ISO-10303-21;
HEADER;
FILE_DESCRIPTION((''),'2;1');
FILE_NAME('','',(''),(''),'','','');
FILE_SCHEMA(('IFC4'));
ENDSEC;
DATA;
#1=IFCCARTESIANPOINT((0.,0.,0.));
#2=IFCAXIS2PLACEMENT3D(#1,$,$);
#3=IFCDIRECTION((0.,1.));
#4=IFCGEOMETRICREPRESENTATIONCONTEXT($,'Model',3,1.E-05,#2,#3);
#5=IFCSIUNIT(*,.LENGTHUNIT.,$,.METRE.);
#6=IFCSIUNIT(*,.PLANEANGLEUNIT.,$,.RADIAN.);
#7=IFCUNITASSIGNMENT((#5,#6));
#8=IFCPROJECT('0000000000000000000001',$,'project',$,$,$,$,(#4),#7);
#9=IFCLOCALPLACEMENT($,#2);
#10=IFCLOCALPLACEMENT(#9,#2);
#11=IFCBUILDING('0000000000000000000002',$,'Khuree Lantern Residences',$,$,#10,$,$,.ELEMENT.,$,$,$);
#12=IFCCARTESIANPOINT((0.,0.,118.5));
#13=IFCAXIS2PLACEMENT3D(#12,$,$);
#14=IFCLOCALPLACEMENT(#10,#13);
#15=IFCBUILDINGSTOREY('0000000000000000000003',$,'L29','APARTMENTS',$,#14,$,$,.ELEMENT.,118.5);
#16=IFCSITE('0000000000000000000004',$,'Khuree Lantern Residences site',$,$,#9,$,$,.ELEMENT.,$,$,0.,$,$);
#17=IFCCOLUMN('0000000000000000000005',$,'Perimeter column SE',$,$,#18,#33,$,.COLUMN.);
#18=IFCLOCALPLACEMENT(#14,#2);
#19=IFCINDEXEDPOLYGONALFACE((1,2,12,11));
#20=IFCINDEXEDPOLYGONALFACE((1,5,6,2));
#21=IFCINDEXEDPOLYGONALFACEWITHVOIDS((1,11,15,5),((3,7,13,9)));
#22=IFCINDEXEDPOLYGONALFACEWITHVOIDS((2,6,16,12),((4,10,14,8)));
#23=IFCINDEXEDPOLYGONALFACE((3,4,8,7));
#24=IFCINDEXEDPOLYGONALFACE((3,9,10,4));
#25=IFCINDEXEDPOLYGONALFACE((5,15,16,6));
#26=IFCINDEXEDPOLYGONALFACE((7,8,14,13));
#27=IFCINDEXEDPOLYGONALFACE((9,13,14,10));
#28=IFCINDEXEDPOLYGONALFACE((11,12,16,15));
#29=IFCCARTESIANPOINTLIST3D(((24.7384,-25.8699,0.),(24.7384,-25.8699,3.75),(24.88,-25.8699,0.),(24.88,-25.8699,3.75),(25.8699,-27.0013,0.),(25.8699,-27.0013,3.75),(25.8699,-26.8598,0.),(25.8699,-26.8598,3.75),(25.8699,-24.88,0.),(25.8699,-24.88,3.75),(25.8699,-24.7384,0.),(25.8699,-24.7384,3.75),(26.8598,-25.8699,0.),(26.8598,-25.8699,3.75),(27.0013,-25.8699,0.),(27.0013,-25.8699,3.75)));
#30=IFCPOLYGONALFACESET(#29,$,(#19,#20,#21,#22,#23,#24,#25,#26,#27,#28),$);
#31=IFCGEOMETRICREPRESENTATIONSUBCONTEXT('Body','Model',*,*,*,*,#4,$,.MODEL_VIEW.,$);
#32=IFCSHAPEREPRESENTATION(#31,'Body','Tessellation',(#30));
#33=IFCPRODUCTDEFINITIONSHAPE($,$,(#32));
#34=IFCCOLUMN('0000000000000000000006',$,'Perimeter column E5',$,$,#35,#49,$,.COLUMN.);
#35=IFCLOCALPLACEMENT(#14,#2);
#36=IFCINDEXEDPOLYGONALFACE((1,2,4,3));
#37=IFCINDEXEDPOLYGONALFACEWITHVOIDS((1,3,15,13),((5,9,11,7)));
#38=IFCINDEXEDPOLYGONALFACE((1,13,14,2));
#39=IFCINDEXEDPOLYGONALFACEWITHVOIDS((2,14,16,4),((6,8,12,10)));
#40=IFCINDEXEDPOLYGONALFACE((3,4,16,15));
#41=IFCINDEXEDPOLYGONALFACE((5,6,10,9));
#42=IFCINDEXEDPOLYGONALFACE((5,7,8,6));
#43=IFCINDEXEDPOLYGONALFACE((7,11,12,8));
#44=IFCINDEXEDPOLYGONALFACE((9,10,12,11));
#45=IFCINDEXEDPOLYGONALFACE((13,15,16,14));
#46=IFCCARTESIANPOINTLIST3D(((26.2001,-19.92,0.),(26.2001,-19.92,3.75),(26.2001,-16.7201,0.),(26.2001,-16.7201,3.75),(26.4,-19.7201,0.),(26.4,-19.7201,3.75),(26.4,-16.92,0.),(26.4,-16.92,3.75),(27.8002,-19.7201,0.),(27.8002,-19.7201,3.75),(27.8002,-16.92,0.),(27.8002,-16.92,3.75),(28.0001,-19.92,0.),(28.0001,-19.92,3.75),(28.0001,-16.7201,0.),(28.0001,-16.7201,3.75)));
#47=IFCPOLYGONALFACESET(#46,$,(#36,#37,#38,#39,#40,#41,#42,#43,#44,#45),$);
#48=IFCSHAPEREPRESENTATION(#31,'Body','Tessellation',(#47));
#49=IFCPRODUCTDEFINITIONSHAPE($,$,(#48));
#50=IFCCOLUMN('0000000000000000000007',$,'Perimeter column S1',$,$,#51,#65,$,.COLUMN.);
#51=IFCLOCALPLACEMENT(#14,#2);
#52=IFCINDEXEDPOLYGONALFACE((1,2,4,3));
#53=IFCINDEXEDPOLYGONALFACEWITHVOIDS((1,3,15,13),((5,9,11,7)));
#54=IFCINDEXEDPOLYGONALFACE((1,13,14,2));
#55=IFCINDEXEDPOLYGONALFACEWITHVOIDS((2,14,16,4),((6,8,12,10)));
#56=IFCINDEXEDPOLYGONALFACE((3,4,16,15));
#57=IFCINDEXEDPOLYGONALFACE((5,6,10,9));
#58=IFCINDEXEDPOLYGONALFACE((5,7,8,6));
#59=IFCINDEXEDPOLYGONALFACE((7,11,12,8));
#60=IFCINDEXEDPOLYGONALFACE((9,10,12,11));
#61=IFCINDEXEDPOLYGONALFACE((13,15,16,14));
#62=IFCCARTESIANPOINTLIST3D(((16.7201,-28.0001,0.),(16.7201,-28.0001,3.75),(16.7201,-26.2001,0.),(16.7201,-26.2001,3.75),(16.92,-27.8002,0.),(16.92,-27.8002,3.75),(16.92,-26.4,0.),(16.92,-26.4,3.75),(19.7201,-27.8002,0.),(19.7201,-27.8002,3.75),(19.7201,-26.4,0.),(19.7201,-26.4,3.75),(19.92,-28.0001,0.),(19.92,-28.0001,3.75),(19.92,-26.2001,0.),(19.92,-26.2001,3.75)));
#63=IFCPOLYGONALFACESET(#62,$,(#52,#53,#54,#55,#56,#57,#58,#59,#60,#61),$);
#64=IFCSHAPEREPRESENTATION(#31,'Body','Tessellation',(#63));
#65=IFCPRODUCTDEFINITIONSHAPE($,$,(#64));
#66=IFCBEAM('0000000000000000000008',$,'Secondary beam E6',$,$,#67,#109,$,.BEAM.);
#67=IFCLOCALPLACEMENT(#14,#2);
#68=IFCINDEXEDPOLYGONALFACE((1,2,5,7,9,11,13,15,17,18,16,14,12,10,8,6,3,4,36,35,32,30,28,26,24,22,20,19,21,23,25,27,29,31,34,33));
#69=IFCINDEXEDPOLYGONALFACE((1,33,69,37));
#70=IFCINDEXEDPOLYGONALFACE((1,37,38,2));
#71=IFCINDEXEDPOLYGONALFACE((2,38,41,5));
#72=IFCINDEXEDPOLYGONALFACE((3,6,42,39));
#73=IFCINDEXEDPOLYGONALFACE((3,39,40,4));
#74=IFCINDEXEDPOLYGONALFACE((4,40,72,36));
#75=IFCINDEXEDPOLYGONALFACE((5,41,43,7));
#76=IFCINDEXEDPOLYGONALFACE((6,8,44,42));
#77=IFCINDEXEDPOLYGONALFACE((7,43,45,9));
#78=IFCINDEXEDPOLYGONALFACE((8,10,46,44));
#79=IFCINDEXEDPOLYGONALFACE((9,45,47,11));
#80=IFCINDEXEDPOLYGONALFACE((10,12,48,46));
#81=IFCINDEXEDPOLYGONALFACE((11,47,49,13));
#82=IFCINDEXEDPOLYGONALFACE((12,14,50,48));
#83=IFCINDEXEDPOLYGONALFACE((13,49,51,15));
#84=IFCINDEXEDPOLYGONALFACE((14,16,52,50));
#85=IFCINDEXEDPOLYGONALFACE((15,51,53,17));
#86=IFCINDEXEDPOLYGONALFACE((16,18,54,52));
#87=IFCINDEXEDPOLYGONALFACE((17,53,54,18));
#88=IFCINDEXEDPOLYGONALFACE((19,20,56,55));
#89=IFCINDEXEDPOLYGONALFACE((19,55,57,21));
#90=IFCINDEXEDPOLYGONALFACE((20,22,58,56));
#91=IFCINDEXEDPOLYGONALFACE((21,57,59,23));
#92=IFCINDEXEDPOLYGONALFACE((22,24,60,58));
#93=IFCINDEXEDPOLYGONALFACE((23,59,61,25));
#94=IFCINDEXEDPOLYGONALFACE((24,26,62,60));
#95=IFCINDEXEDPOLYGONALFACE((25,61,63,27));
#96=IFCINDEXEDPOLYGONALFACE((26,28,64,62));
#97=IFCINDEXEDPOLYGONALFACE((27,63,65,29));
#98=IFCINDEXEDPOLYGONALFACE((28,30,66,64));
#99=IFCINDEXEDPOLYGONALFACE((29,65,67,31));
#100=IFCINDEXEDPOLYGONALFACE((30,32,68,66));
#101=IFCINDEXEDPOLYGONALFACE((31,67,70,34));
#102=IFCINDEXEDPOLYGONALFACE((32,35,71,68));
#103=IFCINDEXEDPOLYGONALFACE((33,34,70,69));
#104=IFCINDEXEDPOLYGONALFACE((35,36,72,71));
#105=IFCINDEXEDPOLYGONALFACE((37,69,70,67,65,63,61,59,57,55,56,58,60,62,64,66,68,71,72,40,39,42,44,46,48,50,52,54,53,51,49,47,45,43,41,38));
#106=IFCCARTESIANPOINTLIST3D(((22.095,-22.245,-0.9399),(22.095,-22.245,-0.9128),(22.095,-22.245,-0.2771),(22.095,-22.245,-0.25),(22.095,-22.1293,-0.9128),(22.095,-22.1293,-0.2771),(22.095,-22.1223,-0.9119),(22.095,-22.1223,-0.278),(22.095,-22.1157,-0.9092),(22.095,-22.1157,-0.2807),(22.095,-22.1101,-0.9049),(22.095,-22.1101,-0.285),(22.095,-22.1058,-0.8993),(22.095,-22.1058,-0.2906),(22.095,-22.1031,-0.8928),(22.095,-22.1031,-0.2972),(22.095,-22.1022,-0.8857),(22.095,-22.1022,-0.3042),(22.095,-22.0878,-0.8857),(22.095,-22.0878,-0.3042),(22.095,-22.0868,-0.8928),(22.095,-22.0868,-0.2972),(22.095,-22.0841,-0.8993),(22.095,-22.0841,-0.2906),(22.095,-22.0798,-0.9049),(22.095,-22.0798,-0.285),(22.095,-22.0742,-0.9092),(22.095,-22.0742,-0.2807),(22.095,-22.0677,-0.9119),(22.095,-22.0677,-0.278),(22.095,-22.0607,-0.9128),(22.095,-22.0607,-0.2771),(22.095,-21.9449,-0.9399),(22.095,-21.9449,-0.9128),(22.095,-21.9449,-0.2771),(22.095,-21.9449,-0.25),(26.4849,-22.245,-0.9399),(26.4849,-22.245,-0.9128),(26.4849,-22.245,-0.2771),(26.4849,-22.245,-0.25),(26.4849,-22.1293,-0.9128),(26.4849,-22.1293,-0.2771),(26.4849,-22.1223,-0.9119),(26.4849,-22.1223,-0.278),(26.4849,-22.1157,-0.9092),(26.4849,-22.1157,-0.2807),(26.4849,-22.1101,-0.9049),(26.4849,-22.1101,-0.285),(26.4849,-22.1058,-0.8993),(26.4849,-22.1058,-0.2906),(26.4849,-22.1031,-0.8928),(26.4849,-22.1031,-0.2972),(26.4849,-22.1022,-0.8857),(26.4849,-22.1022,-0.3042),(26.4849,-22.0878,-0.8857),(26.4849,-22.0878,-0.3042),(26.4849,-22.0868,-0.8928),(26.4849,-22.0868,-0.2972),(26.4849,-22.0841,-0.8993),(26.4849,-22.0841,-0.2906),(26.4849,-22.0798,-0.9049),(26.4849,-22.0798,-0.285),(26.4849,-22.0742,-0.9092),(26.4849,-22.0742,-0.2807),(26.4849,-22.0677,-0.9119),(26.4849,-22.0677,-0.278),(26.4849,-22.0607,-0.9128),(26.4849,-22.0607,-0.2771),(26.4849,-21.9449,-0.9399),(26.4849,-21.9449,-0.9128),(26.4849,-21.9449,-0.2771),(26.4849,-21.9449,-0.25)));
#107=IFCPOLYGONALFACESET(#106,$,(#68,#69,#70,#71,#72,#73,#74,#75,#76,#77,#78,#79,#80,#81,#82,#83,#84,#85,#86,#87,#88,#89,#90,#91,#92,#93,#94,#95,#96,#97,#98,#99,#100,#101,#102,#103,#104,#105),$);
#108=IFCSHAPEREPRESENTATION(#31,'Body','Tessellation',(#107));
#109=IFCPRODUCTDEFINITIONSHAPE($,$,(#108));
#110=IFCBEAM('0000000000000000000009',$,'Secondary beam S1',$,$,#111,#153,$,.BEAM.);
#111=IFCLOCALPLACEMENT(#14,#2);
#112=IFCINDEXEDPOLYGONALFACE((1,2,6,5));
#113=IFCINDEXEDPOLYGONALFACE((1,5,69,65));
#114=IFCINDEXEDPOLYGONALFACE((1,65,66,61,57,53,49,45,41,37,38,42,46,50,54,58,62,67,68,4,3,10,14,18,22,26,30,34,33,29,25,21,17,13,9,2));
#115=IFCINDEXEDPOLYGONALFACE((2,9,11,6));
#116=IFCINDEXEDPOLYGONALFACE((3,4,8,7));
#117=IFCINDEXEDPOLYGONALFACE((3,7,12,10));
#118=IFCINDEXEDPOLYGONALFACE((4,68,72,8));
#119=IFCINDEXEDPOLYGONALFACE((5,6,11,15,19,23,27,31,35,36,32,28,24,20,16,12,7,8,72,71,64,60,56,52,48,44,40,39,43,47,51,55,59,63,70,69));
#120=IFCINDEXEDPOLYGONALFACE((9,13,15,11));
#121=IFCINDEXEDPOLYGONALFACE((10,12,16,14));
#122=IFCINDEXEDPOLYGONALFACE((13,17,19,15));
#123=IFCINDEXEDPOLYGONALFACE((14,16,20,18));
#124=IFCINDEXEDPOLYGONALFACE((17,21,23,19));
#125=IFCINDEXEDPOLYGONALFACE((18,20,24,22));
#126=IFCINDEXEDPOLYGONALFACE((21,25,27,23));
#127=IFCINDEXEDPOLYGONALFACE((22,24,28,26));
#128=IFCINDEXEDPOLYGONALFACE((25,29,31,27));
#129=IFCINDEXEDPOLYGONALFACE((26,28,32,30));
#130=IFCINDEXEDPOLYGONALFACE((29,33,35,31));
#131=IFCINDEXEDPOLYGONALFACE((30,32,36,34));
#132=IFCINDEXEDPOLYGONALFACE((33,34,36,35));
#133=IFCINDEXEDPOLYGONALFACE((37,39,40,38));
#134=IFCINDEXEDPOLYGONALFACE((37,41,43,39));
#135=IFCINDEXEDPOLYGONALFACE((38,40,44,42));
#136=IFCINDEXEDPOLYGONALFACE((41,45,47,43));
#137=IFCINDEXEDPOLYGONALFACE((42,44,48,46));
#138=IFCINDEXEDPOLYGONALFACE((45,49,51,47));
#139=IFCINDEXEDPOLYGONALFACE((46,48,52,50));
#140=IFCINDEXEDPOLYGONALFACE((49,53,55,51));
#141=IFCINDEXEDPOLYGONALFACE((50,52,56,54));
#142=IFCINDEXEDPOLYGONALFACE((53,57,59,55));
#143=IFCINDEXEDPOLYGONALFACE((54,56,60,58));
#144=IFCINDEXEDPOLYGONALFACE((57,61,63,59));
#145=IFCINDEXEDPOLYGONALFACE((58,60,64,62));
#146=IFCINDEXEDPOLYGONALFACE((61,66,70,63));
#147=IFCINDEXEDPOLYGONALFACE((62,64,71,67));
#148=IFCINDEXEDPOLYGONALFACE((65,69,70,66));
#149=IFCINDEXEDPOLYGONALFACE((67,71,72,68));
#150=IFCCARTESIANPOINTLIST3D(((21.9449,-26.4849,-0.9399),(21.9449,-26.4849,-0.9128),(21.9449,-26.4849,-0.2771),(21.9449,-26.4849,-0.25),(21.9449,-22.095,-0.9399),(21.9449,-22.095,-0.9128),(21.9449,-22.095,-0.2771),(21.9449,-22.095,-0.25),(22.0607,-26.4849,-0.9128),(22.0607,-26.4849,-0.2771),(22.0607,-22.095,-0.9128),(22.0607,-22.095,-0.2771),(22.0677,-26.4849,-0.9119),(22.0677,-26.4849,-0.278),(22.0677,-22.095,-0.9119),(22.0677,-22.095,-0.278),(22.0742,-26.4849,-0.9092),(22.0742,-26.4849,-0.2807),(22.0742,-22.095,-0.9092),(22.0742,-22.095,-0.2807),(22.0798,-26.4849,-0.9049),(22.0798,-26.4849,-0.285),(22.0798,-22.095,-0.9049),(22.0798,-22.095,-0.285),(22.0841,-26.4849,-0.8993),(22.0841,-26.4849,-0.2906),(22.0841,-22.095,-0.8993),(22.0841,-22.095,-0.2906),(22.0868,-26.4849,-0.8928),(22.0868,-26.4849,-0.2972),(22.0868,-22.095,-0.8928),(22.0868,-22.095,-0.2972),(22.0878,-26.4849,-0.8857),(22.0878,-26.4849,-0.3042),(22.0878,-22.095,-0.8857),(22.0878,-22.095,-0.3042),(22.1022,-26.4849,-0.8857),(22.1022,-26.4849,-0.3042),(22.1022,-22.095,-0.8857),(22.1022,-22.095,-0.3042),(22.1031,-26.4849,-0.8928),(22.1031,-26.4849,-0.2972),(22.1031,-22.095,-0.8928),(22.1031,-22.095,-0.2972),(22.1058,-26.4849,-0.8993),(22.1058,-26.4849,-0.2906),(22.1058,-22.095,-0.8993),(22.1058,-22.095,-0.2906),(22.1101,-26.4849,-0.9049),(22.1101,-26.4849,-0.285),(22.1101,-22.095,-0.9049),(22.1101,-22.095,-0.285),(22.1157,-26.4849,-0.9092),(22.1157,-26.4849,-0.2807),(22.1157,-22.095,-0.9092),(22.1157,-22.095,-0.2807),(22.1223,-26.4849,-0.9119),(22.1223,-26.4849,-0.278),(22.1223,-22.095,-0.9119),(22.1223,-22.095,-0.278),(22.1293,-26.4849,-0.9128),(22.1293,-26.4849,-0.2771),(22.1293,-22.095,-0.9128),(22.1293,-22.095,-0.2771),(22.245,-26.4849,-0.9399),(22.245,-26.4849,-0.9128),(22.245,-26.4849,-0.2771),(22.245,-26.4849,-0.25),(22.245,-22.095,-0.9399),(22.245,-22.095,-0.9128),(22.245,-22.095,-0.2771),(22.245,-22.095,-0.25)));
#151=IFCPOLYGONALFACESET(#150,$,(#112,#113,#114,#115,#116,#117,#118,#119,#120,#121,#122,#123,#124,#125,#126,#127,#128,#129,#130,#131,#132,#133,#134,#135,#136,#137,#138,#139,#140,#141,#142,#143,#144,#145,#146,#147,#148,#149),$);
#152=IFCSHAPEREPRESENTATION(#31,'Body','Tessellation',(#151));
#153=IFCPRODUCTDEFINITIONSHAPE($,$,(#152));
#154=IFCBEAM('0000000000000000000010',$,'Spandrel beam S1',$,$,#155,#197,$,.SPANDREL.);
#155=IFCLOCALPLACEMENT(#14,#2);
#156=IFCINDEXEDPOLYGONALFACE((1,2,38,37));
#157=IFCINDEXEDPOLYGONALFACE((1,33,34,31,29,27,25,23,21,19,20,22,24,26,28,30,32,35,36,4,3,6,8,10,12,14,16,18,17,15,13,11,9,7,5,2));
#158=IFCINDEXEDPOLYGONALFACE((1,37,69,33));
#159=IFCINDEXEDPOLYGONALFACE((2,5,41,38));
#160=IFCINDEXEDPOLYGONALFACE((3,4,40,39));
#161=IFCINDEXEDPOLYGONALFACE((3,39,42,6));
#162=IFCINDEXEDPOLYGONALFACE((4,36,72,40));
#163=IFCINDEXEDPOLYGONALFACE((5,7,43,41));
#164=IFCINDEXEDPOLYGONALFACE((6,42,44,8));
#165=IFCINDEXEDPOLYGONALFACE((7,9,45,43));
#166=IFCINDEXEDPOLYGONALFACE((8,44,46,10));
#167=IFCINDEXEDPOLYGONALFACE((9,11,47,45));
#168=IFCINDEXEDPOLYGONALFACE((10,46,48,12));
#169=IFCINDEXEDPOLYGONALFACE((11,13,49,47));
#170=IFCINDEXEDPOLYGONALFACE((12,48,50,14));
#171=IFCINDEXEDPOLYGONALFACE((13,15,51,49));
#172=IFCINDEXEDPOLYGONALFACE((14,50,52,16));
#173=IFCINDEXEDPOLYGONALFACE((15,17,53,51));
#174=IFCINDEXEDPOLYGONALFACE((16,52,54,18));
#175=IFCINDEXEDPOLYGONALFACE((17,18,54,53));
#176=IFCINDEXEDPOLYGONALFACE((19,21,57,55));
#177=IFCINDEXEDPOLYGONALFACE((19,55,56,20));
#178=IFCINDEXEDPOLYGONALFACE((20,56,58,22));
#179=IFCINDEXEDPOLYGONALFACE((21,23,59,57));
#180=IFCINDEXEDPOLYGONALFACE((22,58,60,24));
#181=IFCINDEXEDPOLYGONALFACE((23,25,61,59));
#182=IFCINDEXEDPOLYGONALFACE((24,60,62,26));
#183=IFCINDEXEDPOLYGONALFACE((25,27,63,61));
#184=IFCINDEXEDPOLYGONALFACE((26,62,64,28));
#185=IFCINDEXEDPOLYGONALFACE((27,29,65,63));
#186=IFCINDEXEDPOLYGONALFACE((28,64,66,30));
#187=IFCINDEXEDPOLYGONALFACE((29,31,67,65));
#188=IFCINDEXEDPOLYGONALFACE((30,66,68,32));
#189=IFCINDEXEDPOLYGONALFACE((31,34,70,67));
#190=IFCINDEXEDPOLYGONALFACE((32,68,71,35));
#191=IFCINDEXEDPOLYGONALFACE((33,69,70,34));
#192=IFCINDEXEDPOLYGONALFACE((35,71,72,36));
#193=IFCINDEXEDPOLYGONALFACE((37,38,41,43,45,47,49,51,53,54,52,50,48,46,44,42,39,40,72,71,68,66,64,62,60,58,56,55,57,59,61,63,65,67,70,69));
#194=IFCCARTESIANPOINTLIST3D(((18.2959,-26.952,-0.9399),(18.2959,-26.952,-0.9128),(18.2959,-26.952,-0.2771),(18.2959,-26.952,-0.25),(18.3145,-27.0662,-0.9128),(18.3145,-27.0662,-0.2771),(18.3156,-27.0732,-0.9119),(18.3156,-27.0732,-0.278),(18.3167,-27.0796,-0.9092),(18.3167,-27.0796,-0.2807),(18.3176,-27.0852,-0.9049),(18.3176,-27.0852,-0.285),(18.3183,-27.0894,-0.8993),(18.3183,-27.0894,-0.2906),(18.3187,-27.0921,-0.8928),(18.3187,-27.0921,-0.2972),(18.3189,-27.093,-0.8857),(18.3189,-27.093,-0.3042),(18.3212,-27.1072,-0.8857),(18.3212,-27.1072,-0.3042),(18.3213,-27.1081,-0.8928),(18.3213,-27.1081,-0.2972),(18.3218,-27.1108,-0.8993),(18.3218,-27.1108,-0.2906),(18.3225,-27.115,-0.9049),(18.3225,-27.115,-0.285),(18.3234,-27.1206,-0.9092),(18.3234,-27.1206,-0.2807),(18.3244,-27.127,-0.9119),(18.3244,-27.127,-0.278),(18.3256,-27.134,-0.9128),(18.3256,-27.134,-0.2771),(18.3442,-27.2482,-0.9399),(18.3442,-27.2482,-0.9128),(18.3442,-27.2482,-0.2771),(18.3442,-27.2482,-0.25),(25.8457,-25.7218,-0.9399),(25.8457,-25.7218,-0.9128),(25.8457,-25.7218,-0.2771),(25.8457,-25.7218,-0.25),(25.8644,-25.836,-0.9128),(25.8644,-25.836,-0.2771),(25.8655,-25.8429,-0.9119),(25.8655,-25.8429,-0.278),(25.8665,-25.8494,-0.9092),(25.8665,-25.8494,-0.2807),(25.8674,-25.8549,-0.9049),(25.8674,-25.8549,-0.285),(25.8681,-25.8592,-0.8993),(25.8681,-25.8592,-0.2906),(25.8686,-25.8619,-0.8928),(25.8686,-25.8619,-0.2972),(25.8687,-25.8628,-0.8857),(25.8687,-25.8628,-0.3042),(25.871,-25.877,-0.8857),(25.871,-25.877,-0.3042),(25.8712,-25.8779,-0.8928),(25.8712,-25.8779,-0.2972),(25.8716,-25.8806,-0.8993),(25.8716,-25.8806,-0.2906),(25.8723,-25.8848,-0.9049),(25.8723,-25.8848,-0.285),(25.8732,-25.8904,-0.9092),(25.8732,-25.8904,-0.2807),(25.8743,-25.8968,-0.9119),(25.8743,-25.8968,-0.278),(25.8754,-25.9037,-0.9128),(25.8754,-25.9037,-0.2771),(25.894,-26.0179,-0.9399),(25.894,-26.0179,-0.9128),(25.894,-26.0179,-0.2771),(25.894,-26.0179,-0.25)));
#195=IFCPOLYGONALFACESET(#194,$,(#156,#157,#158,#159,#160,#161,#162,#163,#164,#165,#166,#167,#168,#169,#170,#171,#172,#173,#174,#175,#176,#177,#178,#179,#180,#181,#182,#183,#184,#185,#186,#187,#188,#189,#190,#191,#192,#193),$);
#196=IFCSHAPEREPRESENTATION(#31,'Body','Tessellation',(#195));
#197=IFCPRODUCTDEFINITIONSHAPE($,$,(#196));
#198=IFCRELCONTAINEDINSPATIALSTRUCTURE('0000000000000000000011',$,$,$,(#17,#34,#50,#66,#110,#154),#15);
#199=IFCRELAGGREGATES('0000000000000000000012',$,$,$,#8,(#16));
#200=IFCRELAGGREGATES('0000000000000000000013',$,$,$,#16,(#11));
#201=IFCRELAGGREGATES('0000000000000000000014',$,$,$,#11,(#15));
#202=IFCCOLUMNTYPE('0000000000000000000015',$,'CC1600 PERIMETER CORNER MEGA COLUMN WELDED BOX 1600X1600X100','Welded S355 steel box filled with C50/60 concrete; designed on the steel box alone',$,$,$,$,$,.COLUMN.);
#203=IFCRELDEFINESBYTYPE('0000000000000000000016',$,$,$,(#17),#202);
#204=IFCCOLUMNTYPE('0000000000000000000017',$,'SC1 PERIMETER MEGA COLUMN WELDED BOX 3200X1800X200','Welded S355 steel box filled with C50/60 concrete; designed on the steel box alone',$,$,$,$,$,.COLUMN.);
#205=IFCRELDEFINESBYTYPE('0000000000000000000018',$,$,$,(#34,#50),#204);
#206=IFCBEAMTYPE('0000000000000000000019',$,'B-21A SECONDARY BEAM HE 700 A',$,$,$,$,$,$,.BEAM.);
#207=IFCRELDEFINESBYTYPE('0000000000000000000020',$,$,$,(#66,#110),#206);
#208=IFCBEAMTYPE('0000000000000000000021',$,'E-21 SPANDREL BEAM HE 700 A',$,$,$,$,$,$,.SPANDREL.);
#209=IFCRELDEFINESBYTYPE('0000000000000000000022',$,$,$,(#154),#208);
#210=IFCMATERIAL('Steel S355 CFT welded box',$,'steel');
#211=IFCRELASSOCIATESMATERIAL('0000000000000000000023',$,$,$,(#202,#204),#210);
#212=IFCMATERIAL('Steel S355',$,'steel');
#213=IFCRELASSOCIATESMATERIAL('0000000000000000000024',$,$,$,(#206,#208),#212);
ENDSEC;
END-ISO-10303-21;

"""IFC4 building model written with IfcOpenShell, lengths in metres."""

from ifc_helpers import new_model, si_unit, direction, frame, origin, origin_2d, place, context, subcontext, project, spatial, hollow_rectangle, i_section, extrude, material, material_profile, profile_set, type_object, element, save


model = new_model("IFC4")

# Units and contexts
model_context = context("Model", 3, precision=1e-05, world=origin(), true_north=direction((0.0, 1.0)))
body_context = subcontext(model_context, "Body", "Model", "MODEL_VIEW")
ifc_project = project(units=[si_unit("LENGTHUNIT", "METRE"), si_unit("PLANEANGLEUNIT", "RADIAN")], contexts=[model_context])

# Site, building, storey
site_placement = place(None, origin())
site = spatial("IfcSite", under=ifc_project, at=site_placement, Name="Khuree Lantern Residences site", CompositionType="ELEMENT", RefElevation=0.0)
building_placement = place(site_placement, origin())
building = spatial("IfcBuilding", under=site, at=building_placement, Name="Khuree Lantern Residences", CompositionType="ELEMENT")
storey_placement = place(building_placement, frame((0.0, 0.0, 118.5)))
storey = spatial("IfcBuildingStorey", under=building, at=storey_placement, Name="L29", Description="APARTMENTS", CompositionType="ELEMENT", Elevation=118.5)

# Columns
ifc_material_1 = material(Name="Steel S355 CFT welded box", Category="steel")
ifc_material_profile_1 = material_profile(ifc_material_1, hollow_rectangle(XDim=1.6001, YDim=1.6001, WallThickness=0.1001, at=origin_2d()), Name="WELDED BOX 1600X1600X100")
ifc_profile_set_1 = profile_set([ifc_material_profile_1], Name="Steel S355 CFT welded box")
column_type_1 = type_object("IfcColumnType", Name="CC1600 PERIMETER CORNER MEGA COLUMN WELDED BOX 1600X1600X100", Description="Welded S355 steel box filled with C50/60 concrete; designed on the steel box alone", PredefinedType="COLUMN", material=ifc_profile_set_1)
column_placement = place(storey_placement, frame((25.8699, -25.8699, 0.0), z_axis=(0.0, 0.0, 1.0), x_axis=(0.707107, 0.707107, 0.0)))
element("IfcColumn", 1, at=column_placement, inside=storey, type_object=column_type_1, Name="Perimeter column SE", PredefinedType="COLUMN", context=body_context, shape_type="SweptSolid", body=[
    extrude(hollow_rectangle(XDim=1.6001, YDim=1.6001, WallThickness=0.1001, at=origin_2d()), origin(), (0.0, 0.0, 1.0), 3.75),
])
ifc_material_profile_2 = material_profile(ifc_material_1, hollow_rectangle(XDim=3.2, YDim=1.8, WallThickness=0.2, at=origin_2d()), Name="WELDED BOX 3200X1800X200")
ifc_profile_set_2 = profile_set([ifc_material_profile_2], Name="Steel S355 CFT welded box")
column_type_2 = type_object("IfcColumnType", Name="SC1 PERIMETER MEGA COLUMN WELDED BOX 3200X1800X200", Description="Welded S355 steel box filled with C50/60 concrete; designed on the steel box alone", PredefinedType="COLUMN", material=ifc_profile_set_2)
for number, where, z_axis, x_axis, name in (
    (2, (27.1001, -18.3201, 0.0), (0.0, 0.0, 1.0), (0.0, 1.0, 0.0), "Perimeter column E5"),
    (3, (18.3201, -27.1001, 0.0), (0.0, 0.0, 1.0), (1.0, 0.0, 0.0), "Perimeter column S1"),
):
    element("IfcColumn", number, at=place(storey_placement, frame(where, z_axis=z_axis, x_axis=x_axis)), inside=storey, type_object=column_type_2, Name=name, PredefinedType="COLUMN", context=body_context, shape_type="SweptSolid", body=[
        extrude(hollow_rectangle(XDim=3.2, YDim=1.8, WallThickness=0.2, at=origin_2d()), origin(), (0.0, 0.0, 1.0), 3.75),
    ])

# Beams
ifc_material_2 = material(Name="Steel S355", Category="steel")
ifc_material_profile_3 = material_profile(ifc_material_2, i_section(OverallWidth=0.3, OverallDepth=0.6899, WebThickness=0.0144, FlangeThickness=0.0271, FilletRadius=0.0271, at=origin_2d()), Name="HE 700 A")
ifc_profile_set_3 = profile_set([ifc_material_profile_3], Name="Steel S355")
beam_type_1 = type_object("IfcBeamType", Name="B-21A SECONDARY BEAM HE 700 A", PredefinedType="BEAM", material=ifc_profile_set_3)
for number, where, z_axis, x_axis, name in (
    (4, (26.4849, -22.095, -0.595), (-1.0, 0.0, 0.0), (0.0, -1.0, 0.0), "Secondary beam E6"),
    (5, (22.095, -26.4849, -0.595), (0.0, 1.0, 0.0), (-1.0, 0.0, 0.0), "Secondary beam S1"),
):
    element("IfcBeam", number, at=place(storey_placement, frame(where, z_axis=z_axis, x_axis=x_axis)), inside=storey, type_object=beam_type_1, Name=name, PredefinedType="BEAM", context=body_context, shape_type="SweptSolid", body=[
        extrude(i_section(OverallWidth=0.3, OverallDepth=0.6899, WebThickness=0.0144, FlangeThickness=0.0271, FilletRadius=0.0271, at=origin_2d()), origin(), (0.0, 0.0, 1.0), 4.3899),
    ])
ifc_material_profile_4 = material_profile(ifc_material_2, i_section(OverallWidth=0.3, OverallDepth=0.6899, WebThickness=0.0144, FlangeThickness=0.0271, FilletRadius=0.0271, at=origin_2d()), Name="HE 700 A")
ifc_profile_set_4 = profile_set([ifc_material_profile_4], Name="Steel S355")
beam_type_2 = type_object("IfcBeamType", Name="E-21 SPANDREL BEAM HE 700 A", PredefinedType="SPANDREL", material=ifc_profile_set_4)
beam_1_placement = place(storey_placement, frame((25.8699, -25.8699, -0.595), z_axis=(-0.986983, -0.160827, 0.0), x_axis=(0.160827, -0.986983, 0.0)))
element("IfcBeam", 6, at=beam_1_placement, inside=storey, type_object=beam_type_2, Name="Spandrel beam S1", PredefinedType="SPANDREL", context=body_context, shape_type="SweptSolid", body=[
    extrude(i_section(OverallWidth=0.3, OverallDepth=0.6899, WebThickness=0.0144, FlangeThickness=0.0271, FilletRadius=0.0271, at=origin_2d()), origin(), (0.0, 0.0, 1.0), 7.6494),
])

save(model, "model.ifc")
